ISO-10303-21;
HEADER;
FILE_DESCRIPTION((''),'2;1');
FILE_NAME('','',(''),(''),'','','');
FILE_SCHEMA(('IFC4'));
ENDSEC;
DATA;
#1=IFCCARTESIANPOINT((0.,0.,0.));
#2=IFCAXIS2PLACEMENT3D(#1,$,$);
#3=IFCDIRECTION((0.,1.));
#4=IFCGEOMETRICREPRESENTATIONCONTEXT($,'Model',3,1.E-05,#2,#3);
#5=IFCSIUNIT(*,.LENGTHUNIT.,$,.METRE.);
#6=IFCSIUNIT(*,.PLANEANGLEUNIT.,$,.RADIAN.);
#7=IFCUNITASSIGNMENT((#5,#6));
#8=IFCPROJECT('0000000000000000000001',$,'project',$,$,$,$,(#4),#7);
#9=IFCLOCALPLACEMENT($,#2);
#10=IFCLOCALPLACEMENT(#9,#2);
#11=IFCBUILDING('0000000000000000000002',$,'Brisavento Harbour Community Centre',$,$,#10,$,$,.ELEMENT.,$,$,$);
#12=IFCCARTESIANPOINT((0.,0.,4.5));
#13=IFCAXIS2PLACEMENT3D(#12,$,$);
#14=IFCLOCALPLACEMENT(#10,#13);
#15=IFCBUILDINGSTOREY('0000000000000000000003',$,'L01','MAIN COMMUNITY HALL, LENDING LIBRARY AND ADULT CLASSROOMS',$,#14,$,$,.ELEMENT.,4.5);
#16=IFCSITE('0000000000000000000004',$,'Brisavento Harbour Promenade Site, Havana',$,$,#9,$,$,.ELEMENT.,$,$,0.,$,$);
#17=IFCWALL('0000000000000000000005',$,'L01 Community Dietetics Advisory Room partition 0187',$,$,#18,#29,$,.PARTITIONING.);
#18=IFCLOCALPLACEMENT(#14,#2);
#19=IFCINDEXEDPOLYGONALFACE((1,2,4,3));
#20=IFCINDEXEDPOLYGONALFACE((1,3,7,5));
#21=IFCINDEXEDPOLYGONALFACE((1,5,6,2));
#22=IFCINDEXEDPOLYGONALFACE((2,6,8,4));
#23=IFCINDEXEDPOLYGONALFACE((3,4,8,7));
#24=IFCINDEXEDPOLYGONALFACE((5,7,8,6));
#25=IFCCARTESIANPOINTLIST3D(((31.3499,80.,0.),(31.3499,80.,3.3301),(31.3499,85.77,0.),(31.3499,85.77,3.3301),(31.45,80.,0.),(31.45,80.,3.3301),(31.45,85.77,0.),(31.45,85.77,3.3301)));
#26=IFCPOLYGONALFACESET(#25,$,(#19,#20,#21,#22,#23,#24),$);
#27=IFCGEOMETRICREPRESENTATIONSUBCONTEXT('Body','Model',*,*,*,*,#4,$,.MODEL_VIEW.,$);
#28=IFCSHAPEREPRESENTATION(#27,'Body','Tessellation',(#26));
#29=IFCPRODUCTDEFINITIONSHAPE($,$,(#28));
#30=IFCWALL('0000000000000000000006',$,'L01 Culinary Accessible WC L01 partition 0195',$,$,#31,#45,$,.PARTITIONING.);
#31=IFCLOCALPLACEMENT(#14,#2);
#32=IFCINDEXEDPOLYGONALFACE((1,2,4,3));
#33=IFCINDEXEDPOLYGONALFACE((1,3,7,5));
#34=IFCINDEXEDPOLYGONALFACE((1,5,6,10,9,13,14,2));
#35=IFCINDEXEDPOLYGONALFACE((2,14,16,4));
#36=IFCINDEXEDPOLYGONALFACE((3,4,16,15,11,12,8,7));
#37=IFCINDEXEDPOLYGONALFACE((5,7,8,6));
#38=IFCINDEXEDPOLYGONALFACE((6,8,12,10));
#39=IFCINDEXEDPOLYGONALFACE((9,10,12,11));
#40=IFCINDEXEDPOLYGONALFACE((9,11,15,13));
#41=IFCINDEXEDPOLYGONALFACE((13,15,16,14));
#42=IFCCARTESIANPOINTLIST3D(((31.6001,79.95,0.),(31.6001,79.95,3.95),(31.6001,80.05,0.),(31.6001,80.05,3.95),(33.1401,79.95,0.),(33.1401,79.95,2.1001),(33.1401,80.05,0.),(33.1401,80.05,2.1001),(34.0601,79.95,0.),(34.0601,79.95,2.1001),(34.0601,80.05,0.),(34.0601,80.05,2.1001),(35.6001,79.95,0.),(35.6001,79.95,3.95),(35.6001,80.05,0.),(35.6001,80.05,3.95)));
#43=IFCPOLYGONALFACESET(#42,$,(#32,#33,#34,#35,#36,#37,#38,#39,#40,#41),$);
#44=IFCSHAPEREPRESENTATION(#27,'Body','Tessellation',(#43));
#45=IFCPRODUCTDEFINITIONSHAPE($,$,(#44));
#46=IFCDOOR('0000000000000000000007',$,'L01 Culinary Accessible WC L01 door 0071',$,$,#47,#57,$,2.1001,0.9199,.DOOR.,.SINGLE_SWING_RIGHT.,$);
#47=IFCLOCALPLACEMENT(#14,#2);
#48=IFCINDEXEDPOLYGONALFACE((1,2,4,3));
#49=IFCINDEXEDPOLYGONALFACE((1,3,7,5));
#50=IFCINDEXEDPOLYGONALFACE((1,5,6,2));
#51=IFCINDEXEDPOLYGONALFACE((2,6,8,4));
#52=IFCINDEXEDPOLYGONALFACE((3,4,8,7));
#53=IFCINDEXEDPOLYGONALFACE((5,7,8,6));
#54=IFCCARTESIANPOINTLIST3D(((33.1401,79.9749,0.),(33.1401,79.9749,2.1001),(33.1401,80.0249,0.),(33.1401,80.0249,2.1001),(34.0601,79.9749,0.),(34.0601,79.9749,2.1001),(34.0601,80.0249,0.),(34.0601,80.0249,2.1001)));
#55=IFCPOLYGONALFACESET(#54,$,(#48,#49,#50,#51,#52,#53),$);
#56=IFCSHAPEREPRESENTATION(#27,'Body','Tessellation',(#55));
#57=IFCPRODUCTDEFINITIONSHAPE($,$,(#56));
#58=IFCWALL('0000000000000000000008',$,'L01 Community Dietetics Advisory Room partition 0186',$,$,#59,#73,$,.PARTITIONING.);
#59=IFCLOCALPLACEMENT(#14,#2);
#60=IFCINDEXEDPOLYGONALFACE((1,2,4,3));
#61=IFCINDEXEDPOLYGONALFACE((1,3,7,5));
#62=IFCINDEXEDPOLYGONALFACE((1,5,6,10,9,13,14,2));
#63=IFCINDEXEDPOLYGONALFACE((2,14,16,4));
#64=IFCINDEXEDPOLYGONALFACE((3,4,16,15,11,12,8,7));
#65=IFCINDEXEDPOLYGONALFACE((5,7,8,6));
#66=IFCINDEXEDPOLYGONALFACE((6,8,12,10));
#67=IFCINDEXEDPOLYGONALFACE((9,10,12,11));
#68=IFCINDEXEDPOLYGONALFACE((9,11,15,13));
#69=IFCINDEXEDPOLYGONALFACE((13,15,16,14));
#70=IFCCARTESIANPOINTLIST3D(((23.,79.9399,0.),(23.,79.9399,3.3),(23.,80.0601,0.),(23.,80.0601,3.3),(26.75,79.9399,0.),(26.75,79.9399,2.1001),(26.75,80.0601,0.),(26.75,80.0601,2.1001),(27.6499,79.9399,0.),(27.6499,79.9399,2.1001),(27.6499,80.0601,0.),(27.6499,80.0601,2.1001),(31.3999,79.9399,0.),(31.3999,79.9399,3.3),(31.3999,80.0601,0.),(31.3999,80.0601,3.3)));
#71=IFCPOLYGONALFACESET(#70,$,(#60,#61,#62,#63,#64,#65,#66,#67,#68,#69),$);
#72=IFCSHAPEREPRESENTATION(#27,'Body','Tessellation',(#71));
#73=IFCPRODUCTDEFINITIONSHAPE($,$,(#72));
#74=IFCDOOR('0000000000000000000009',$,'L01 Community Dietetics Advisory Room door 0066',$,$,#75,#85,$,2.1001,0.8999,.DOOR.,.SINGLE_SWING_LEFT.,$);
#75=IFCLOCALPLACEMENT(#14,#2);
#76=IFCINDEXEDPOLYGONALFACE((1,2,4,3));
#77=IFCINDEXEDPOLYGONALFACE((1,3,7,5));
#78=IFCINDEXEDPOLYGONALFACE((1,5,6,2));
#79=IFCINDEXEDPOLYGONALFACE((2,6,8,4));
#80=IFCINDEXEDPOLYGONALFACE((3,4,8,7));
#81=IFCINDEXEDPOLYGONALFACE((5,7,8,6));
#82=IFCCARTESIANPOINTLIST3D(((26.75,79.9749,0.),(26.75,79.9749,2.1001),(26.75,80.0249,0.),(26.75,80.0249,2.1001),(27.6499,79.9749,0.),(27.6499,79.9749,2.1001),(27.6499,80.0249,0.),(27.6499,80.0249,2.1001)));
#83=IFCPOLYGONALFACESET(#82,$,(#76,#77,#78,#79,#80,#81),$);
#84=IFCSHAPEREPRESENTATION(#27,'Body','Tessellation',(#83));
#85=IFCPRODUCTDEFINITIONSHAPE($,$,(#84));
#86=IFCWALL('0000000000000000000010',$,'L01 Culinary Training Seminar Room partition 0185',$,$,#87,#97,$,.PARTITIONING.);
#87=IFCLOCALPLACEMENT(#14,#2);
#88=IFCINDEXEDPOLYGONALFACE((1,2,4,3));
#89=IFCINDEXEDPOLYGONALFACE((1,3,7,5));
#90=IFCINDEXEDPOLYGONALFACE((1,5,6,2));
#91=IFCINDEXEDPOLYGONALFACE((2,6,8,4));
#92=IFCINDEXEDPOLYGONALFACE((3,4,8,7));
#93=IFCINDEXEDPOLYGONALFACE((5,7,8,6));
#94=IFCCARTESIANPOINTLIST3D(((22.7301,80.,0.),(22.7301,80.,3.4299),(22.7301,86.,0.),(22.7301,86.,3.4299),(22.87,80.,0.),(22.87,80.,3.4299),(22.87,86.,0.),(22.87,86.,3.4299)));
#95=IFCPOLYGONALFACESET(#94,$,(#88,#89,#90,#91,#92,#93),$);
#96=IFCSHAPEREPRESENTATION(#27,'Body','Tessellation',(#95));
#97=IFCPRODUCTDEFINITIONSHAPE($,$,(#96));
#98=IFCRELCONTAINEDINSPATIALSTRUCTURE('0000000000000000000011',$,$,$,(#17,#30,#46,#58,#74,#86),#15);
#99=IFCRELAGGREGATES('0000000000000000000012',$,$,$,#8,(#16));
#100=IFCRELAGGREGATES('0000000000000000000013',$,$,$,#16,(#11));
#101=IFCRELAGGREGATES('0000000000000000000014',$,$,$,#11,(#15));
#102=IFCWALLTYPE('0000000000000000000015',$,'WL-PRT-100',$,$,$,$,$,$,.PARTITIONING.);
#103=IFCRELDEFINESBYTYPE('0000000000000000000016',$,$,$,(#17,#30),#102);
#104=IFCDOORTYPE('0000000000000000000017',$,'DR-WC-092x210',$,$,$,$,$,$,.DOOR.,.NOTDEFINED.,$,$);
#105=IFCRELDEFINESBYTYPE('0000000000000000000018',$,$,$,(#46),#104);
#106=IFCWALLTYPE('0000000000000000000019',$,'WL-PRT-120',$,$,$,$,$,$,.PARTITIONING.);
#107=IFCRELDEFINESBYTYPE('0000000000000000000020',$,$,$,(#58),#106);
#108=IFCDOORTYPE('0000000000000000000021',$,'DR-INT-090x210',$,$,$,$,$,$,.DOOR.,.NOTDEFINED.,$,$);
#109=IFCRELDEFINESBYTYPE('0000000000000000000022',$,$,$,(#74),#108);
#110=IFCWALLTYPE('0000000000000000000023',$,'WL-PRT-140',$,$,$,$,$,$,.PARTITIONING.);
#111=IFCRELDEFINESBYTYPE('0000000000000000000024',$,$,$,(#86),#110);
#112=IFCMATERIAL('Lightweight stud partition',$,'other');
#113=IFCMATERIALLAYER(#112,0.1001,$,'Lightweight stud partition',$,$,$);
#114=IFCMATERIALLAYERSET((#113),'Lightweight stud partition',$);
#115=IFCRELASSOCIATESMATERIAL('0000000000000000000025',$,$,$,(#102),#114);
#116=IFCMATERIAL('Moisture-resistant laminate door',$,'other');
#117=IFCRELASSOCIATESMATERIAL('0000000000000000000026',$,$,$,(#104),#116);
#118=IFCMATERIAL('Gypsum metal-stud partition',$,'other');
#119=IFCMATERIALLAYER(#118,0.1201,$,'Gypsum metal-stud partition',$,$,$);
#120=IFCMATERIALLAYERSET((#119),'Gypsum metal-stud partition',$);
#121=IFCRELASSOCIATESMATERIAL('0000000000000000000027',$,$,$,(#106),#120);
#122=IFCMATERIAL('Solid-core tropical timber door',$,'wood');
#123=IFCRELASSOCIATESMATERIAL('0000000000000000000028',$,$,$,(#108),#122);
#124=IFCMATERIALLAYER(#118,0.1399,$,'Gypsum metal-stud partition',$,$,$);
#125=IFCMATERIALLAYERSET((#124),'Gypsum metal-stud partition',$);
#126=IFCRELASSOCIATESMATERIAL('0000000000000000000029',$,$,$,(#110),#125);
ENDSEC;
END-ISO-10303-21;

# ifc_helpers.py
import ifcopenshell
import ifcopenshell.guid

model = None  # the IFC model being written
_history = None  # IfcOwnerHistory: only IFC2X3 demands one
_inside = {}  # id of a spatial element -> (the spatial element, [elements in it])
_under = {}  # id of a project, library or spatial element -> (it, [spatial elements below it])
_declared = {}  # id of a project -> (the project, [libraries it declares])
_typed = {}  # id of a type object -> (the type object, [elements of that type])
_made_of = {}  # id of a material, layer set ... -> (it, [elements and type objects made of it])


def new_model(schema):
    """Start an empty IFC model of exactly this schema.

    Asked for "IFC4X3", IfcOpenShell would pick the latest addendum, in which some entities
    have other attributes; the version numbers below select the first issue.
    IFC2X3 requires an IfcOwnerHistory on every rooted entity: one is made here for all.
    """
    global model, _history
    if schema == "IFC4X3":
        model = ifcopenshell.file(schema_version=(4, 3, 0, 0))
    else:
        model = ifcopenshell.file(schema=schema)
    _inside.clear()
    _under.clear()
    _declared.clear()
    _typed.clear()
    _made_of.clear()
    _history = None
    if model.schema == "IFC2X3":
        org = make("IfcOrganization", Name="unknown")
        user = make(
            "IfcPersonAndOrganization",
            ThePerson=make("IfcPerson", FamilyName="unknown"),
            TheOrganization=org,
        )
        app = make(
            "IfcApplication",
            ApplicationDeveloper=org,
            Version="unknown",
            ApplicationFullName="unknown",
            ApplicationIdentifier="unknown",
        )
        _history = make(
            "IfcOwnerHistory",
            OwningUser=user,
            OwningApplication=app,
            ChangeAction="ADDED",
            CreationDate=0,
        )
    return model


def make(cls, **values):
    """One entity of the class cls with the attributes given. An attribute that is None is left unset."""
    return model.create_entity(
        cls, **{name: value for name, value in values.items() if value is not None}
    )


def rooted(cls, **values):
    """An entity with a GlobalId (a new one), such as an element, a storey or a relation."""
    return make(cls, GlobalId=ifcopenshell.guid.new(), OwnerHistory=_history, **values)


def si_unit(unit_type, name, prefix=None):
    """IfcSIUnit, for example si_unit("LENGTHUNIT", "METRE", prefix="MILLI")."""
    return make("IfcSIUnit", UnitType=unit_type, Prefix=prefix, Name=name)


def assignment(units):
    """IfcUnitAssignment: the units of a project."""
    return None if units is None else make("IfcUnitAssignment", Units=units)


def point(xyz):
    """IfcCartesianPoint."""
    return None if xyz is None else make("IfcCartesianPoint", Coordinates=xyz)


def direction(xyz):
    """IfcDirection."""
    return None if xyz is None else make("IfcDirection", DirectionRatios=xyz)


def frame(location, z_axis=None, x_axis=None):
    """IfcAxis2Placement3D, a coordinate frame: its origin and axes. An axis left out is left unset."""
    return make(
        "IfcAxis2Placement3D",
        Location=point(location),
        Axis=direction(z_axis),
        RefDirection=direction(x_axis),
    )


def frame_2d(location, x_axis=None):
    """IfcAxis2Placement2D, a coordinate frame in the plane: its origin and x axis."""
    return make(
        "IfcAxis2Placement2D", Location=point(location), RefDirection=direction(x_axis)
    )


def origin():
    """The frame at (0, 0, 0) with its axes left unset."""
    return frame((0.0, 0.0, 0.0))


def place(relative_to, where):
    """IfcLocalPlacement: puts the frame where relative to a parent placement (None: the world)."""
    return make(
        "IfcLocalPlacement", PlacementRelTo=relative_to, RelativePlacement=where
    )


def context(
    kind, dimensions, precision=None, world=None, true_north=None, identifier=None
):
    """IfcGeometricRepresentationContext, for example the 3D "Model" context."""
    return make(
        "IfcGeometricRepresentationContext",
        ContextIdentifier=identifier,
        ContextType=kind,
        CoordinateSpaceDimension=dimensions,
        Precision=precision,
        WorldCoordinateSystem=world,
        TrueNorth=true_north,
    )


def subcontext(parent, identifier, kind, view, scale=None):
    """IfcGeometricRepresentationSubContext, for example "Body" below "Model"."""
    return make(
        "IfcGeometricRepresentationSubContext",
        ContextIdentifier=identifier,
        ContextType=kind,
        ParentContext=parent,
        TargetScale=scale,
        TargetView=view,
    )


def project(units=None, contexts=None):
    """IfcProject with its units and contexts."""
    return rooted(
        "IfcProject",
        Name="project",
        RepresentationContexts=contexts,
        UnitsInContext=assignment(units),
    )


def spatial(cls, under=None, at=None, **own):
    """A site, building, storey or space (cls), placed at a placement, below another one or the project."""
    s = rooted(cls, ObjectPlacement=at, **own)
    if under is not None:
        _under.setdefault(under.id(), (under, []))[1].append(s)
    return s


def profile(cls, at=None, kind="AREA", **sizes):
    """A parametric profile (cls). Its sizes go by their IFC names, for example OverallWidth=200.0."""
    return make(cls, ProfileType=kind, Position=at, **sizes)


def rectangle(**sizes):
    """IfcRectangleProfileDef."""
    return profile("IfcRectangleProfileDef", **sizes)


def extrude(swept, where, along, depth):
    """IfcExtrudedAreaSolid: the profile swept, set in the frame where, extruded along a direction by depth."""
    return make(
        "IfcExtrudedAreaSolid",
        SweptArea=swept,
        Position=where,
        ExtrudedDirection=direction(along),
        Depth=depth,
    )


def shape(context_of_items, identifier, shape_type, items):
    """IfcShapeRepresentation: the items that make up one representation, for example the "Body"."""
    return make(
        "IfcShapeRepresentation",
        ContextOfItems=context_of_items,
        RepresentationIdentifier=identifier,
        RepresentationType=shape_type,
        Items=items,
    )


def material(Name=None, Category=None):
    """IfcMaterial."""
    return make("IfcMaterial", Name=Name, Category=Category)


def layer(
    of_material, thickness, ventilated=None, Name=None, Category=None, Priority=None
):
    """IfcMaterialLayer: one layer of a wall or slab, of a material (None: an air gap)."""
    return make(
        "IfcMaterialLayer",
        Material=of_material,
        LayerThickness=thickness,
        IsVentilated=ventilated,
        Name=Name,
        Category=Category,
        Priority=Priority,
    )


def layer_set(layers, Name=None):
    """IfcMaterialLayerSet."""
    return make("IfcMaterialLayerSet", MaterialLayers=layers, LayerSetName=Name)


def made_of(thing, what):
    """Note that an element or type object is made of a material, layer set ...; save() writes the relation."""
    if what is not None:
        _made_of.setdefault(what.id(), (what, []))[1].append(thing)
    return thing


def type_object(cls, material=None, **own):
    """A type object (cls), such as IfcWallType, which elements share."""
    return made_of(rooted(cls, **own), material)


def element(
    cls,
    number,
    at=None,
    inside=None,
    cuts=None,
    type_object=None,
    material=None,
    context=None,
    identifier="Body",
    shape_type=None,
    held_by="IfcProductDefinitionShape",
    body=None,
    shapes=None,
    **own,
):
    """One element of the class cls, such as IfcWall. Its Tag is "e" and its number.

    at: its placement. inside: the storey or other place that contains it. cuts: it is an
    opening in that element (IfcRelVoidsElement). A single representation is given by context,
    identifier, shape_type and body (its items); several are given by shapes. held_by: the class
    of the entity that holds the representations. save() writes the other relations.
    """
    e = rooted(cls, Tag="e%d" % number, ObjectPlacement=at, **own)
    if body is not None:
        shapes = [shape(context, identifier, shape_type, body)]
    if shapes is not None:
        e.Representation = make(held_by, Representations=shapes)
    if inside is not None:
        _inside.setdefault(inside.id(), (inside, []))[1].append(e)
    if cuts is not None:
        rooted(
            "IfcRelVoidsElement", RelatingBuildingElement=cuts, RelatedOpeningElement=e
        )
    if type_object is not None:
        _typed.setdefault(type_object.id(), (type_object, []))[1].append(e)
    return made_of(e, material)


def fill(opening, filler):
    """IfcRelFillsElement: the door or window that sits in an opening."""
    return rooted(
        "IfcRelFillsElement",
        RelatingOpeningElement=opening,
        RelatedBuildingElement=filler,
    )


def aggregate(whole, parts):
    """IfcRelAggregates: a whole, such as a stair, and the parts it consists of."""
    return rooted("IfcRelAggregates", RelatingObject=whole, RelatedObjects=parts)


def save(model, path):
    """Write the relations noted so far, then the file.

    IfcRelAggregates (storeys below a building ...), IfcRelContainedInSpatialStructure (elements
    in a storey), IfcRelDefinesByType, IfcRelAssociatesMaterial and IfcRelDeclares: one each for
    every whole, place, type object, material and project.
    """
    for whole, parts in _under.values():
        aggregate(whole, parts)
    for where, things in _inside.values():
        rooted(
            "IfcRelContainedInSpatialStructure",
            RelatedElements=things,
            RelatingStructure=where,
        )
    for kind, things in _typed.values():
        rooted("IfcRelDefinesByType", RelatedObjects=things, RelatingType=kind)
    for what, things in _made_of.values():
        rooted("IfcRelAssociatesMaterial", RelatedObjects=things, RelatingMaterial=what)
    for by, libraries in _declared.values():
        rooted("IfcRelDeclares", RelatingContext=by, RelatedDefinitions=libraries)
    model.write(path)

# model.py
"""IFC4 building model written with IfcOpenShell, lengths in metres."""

from ifc_helpers import new_model, si_unit, direction, frame, frame_2d, origin, place, context, subcontext, project, spatial, rectangle, extrude, material, layer, layer_set, type_object, element, fill, save


model = new_model("IFC4")

# Units and contexts
model_context = context("Model", 3, precision=1e-05, world=origin(), true_north=direction((0.0, 1.0)))
body_context = subcontext(model_context, "Body", "Model", "MODEL_VIEW")
ifc_project = project(units=[si_unit("LENGTHUNIT", "METRE"), si_unit("PLANEANGLEUNIT", "RADIAN")], contexts=[model_context])

# Site, building, storey
site_placement = place(None, origin())
site = spatial("IfcSite", under=ifc_project, at=site_placement, Name="Brisavento Harbour Promenade Site, Havana", CompositionType="ELEMENT", RefElevation=0.0)
building_placement = place(site_placement, origin())
building = spatial("IfcBuilding", under=site, at=building_placement, Name="Brisavento Harbour Community Centre", CompositionType="ELEMENT")
storey_placement = place(building_placement, frame((0.0, 0.0, 4.5)))
storey = spatial("IfcBuildingStorey", under=building, at=storey_placement, Name="L01", Description="MAIN COMMUNITY HALL, LENDING LIBRARY AND ADULT CLASSROOMS", CompositionType="ELEMENT", Elevation=4.5)

# Wall
ifc_material_1 = material(Name="Lightweight stud partition", Category="other")
ifc_layer_1 = layer(ifc_material_1, 0.1001, Name="Lightweight stud partition")
ifc_layer_set_1 = layer_set([ifc_layer_1], Name="Lightweight stud partition")
wall_type_1 = type_object("IfcWallType", Name="WL-PRT-100", PredefinedType="PARTITIONING", material=ifc_layer_set_1)
wall_1_placement = place(storey_placement, frame((31.3999, 80.0, 0.0), z_axis=(0.0, 0.0, 1.0), x_axis=(0.0, 1.0, 0.0)))
element("IfcWall", 1, at=wall_1_placement, inside=storey, type_object=wall_type_1, Name="L01 Community Dietetics Advisory Room partition 0187", PredefinedType="PARTITIONING", context=body_context, shape_type="SweptSolid", body=[
    extrude(rectangle(XDim=5.77, YDim=0.1001, at=frame_2d((2.885, 0.0))), origin(), (0.0, 0.0, 1.0), 3.3301),
])

# Walls, openings, doors
wall_2_placement = place(storey_placement, frame((31.6001, 80.0, 0.0), z_axis=(0.0, 0.0, 1.0), x_axis=(1.0, 0.0, 0.0)))
wall_2 = element("IfcWall", 2, at=wall_2_placement, inside=storey, type_object=wall_type_1, Name="L01 Culinary Accessible WC L01 partition 0195", PredefinedType="PARTITIONING", context=body_context, shape_type="SweptSolid", body=[
    extrude(rectangle(XDim=4.0, YDim=0.1001, at=frame_2d((2.0, 0.0))), origin(), (0.0, 0.0, 1.0), 3.95),
])
opening_1_placement = place(wall_2_placement, frame((1.54, 0.0, 0.0)))
opening_1 = element("IfcOpeningElement", 3, at=opening_1_placement, cuts=wall_2, PredefinedType="OPENING", context=body_context, shape_type="SweptSolid", body=[
    extrude(rectangle(XDim=0.9199, YDim=2.1001, at=frame_2d((0.46, 1.05))), frame((0.0, 0.0601, 0.0), z_axis=(0.0, -1.0, 0.0), x_axis=(1.0, 0.0, 0.0)), (0.0, 0.0, 1.0), 0.1201),
])
ifc_material_2 = material(Name="Moisture-resistant laminate door", Category="other")
door_type_1 = type_object("IfcDoorType", Name="DR-WC-092x210", OperationType="NOTDEFINED", PredefinedType="DOOR", material=ifc_material_2)
door_1_placement = place(opening_1_placement, origin())
door_1 = element("IfcDoor", 4, at=door_1_placement, inside=storey, type_object=door_type_1, Name="L01 Culinary Accessible WC L01 door 0071", OperationType="SINGLE_SWING_RIGHT", OverallHeight=2.1001, OverallWidth=0.9199, PredefinedType="DOOR", context=body_context, shape_type="SweptSolid", body=[
    extrude(rectangle(XDim=0.9199, YDim=2.1001, at=frame_2d((0.46, 1.05))), frame((0.0, 0.0249, 0.0), z_axis=(0.0, -1.0, 0.0), x_axis=(1.0, 0.0, 0.0)), (0.0, 0.0, 1.0), 0.05),
])
fill(opening_1, door_1)
ifc_material_3 = material(Name="Gypsum metal-stud partition", Category="other")
ifc_layer_2 = layer(ifc_material_3, 0.1201, Name="Gypsum metal-stud partition")
ifc_layer_set_2 = layer_set([ifc_layer_2], Name="Gypsum metal-stud partition")
wall_type_2 = type_object("IfcWallType", Name="WL-PRT-120", PredefinedType="PARTITIONING", material=ifc_layer_set_2)
wall_3_placement = place(storey_placement, frame((23.0, 80.0, 0.0), z_axis=(0.0, 0.0, 1.0), x_axis=(1.0, 0.0, 0.0)))
wall_3 = element("IfcWall", 5, at=wall_3_placement, inside=storey, type_object=wall_type_2, Name="L01 Community Dietetics Advisory Room partition 0186", PredefinedType="PARTITIONING", context=body_context, shape_type="SweptSolid", body=[
    extrude(rectangle(XDim=8.3999, YDim=0.1201, at=frame_2d((4.2, 0.0))), origin(), (0.0, 0.0, 1.0), 3.3),
])
opening_2_placement = place(wall_3_placement, frame((3.75, 0.0, 0.0)))
opening_2 = element("IfcOpeningElement", 6, at=opening_2_placement, cuts=wall_3, PredefinedType="OPENING", context=body_context, shape_type="SweptSolid", body=[
    extrude(rectangle(XDim=0.8999, YDim=2.1001, at=frame_2d((0.45, 1.05))), frame((0.0, 0.0701, 0.0), z_axis=(0.0, -1.0, 0.0), x_axis=(1.0, 0.0, 0.0)), (0.0, 0.0, 1.0), 0.1401),
])
ifc_material_4 = material(Name="Solid-core tropical timber door", Category="wood")
door_type_2 = type_object("IfcDoorType", Name="DR-INT-090x210", OperationType="NOTDEFINED", PredefinedType="DOOR", material=ifc_material_4)
door_2_placement = place(opening_2_placement, origin())
door_2 = element("IfcDoor", 7, at=door_2_placement, inside=storey, type_object=door_type_2, Name="L01 Community Dietetics Advisory Room door 0066", OperationType="SINGLE_SWING_LEFT", OverallHeight=2.1001, OverallWidth=0.8999, PredefinedType="DOOR", context=body_context, shape_type="SweptSolid", body=[
    extrude(rectangle(XDim=0.8999, YDim=2.1001, at=frame_2d((0.45, 1.05))), frame((0.0, 0.0249, 0.0), z_axis=(0.0, -1.0, 0.0), x_axis=(1.0, 0.0, 0.0)), (0.0, 0.0, 1.0), 0.05),
])
fill(opening_2, door_2)

# Wall
ifc_layer_3 = layer(ifc_material_3, 0.1399, Name="Gypsum metal-stud partition")
ifc_layer_set_3 = layer_set([ifc_layer_3], Name="Gypsum metal-stud partition")
wall_type_3 = type_object("IfcWallType", Name="WL-PRT-140", PredefinedType="PARTITIONING", material=ifc_layer_set_3)
wall_4_placement = place(storey_placement, frame((22.8, 80.0, 0.0), z_axis=(0.0, 0.0, 1.0), x_axis=(0.0, 1.0, 0.0)))
element("IfcWall", 8, at=wall_4_placement, inside=storey, type_object=wall_type_3, Name="L01 Culinary Training Seminar Room partition 0185", PredefinedType="PARTITIONING", context=body_context, shape_type="SweptSolid", body=[
    extrude(rectangle(XDim=6.0, YDim=0.1399, at=frame_2d((3.0, 0.0))), origin(), (0.0, 0.0, 1.0), 3.4299),
])

save(model, "model.ifc")
